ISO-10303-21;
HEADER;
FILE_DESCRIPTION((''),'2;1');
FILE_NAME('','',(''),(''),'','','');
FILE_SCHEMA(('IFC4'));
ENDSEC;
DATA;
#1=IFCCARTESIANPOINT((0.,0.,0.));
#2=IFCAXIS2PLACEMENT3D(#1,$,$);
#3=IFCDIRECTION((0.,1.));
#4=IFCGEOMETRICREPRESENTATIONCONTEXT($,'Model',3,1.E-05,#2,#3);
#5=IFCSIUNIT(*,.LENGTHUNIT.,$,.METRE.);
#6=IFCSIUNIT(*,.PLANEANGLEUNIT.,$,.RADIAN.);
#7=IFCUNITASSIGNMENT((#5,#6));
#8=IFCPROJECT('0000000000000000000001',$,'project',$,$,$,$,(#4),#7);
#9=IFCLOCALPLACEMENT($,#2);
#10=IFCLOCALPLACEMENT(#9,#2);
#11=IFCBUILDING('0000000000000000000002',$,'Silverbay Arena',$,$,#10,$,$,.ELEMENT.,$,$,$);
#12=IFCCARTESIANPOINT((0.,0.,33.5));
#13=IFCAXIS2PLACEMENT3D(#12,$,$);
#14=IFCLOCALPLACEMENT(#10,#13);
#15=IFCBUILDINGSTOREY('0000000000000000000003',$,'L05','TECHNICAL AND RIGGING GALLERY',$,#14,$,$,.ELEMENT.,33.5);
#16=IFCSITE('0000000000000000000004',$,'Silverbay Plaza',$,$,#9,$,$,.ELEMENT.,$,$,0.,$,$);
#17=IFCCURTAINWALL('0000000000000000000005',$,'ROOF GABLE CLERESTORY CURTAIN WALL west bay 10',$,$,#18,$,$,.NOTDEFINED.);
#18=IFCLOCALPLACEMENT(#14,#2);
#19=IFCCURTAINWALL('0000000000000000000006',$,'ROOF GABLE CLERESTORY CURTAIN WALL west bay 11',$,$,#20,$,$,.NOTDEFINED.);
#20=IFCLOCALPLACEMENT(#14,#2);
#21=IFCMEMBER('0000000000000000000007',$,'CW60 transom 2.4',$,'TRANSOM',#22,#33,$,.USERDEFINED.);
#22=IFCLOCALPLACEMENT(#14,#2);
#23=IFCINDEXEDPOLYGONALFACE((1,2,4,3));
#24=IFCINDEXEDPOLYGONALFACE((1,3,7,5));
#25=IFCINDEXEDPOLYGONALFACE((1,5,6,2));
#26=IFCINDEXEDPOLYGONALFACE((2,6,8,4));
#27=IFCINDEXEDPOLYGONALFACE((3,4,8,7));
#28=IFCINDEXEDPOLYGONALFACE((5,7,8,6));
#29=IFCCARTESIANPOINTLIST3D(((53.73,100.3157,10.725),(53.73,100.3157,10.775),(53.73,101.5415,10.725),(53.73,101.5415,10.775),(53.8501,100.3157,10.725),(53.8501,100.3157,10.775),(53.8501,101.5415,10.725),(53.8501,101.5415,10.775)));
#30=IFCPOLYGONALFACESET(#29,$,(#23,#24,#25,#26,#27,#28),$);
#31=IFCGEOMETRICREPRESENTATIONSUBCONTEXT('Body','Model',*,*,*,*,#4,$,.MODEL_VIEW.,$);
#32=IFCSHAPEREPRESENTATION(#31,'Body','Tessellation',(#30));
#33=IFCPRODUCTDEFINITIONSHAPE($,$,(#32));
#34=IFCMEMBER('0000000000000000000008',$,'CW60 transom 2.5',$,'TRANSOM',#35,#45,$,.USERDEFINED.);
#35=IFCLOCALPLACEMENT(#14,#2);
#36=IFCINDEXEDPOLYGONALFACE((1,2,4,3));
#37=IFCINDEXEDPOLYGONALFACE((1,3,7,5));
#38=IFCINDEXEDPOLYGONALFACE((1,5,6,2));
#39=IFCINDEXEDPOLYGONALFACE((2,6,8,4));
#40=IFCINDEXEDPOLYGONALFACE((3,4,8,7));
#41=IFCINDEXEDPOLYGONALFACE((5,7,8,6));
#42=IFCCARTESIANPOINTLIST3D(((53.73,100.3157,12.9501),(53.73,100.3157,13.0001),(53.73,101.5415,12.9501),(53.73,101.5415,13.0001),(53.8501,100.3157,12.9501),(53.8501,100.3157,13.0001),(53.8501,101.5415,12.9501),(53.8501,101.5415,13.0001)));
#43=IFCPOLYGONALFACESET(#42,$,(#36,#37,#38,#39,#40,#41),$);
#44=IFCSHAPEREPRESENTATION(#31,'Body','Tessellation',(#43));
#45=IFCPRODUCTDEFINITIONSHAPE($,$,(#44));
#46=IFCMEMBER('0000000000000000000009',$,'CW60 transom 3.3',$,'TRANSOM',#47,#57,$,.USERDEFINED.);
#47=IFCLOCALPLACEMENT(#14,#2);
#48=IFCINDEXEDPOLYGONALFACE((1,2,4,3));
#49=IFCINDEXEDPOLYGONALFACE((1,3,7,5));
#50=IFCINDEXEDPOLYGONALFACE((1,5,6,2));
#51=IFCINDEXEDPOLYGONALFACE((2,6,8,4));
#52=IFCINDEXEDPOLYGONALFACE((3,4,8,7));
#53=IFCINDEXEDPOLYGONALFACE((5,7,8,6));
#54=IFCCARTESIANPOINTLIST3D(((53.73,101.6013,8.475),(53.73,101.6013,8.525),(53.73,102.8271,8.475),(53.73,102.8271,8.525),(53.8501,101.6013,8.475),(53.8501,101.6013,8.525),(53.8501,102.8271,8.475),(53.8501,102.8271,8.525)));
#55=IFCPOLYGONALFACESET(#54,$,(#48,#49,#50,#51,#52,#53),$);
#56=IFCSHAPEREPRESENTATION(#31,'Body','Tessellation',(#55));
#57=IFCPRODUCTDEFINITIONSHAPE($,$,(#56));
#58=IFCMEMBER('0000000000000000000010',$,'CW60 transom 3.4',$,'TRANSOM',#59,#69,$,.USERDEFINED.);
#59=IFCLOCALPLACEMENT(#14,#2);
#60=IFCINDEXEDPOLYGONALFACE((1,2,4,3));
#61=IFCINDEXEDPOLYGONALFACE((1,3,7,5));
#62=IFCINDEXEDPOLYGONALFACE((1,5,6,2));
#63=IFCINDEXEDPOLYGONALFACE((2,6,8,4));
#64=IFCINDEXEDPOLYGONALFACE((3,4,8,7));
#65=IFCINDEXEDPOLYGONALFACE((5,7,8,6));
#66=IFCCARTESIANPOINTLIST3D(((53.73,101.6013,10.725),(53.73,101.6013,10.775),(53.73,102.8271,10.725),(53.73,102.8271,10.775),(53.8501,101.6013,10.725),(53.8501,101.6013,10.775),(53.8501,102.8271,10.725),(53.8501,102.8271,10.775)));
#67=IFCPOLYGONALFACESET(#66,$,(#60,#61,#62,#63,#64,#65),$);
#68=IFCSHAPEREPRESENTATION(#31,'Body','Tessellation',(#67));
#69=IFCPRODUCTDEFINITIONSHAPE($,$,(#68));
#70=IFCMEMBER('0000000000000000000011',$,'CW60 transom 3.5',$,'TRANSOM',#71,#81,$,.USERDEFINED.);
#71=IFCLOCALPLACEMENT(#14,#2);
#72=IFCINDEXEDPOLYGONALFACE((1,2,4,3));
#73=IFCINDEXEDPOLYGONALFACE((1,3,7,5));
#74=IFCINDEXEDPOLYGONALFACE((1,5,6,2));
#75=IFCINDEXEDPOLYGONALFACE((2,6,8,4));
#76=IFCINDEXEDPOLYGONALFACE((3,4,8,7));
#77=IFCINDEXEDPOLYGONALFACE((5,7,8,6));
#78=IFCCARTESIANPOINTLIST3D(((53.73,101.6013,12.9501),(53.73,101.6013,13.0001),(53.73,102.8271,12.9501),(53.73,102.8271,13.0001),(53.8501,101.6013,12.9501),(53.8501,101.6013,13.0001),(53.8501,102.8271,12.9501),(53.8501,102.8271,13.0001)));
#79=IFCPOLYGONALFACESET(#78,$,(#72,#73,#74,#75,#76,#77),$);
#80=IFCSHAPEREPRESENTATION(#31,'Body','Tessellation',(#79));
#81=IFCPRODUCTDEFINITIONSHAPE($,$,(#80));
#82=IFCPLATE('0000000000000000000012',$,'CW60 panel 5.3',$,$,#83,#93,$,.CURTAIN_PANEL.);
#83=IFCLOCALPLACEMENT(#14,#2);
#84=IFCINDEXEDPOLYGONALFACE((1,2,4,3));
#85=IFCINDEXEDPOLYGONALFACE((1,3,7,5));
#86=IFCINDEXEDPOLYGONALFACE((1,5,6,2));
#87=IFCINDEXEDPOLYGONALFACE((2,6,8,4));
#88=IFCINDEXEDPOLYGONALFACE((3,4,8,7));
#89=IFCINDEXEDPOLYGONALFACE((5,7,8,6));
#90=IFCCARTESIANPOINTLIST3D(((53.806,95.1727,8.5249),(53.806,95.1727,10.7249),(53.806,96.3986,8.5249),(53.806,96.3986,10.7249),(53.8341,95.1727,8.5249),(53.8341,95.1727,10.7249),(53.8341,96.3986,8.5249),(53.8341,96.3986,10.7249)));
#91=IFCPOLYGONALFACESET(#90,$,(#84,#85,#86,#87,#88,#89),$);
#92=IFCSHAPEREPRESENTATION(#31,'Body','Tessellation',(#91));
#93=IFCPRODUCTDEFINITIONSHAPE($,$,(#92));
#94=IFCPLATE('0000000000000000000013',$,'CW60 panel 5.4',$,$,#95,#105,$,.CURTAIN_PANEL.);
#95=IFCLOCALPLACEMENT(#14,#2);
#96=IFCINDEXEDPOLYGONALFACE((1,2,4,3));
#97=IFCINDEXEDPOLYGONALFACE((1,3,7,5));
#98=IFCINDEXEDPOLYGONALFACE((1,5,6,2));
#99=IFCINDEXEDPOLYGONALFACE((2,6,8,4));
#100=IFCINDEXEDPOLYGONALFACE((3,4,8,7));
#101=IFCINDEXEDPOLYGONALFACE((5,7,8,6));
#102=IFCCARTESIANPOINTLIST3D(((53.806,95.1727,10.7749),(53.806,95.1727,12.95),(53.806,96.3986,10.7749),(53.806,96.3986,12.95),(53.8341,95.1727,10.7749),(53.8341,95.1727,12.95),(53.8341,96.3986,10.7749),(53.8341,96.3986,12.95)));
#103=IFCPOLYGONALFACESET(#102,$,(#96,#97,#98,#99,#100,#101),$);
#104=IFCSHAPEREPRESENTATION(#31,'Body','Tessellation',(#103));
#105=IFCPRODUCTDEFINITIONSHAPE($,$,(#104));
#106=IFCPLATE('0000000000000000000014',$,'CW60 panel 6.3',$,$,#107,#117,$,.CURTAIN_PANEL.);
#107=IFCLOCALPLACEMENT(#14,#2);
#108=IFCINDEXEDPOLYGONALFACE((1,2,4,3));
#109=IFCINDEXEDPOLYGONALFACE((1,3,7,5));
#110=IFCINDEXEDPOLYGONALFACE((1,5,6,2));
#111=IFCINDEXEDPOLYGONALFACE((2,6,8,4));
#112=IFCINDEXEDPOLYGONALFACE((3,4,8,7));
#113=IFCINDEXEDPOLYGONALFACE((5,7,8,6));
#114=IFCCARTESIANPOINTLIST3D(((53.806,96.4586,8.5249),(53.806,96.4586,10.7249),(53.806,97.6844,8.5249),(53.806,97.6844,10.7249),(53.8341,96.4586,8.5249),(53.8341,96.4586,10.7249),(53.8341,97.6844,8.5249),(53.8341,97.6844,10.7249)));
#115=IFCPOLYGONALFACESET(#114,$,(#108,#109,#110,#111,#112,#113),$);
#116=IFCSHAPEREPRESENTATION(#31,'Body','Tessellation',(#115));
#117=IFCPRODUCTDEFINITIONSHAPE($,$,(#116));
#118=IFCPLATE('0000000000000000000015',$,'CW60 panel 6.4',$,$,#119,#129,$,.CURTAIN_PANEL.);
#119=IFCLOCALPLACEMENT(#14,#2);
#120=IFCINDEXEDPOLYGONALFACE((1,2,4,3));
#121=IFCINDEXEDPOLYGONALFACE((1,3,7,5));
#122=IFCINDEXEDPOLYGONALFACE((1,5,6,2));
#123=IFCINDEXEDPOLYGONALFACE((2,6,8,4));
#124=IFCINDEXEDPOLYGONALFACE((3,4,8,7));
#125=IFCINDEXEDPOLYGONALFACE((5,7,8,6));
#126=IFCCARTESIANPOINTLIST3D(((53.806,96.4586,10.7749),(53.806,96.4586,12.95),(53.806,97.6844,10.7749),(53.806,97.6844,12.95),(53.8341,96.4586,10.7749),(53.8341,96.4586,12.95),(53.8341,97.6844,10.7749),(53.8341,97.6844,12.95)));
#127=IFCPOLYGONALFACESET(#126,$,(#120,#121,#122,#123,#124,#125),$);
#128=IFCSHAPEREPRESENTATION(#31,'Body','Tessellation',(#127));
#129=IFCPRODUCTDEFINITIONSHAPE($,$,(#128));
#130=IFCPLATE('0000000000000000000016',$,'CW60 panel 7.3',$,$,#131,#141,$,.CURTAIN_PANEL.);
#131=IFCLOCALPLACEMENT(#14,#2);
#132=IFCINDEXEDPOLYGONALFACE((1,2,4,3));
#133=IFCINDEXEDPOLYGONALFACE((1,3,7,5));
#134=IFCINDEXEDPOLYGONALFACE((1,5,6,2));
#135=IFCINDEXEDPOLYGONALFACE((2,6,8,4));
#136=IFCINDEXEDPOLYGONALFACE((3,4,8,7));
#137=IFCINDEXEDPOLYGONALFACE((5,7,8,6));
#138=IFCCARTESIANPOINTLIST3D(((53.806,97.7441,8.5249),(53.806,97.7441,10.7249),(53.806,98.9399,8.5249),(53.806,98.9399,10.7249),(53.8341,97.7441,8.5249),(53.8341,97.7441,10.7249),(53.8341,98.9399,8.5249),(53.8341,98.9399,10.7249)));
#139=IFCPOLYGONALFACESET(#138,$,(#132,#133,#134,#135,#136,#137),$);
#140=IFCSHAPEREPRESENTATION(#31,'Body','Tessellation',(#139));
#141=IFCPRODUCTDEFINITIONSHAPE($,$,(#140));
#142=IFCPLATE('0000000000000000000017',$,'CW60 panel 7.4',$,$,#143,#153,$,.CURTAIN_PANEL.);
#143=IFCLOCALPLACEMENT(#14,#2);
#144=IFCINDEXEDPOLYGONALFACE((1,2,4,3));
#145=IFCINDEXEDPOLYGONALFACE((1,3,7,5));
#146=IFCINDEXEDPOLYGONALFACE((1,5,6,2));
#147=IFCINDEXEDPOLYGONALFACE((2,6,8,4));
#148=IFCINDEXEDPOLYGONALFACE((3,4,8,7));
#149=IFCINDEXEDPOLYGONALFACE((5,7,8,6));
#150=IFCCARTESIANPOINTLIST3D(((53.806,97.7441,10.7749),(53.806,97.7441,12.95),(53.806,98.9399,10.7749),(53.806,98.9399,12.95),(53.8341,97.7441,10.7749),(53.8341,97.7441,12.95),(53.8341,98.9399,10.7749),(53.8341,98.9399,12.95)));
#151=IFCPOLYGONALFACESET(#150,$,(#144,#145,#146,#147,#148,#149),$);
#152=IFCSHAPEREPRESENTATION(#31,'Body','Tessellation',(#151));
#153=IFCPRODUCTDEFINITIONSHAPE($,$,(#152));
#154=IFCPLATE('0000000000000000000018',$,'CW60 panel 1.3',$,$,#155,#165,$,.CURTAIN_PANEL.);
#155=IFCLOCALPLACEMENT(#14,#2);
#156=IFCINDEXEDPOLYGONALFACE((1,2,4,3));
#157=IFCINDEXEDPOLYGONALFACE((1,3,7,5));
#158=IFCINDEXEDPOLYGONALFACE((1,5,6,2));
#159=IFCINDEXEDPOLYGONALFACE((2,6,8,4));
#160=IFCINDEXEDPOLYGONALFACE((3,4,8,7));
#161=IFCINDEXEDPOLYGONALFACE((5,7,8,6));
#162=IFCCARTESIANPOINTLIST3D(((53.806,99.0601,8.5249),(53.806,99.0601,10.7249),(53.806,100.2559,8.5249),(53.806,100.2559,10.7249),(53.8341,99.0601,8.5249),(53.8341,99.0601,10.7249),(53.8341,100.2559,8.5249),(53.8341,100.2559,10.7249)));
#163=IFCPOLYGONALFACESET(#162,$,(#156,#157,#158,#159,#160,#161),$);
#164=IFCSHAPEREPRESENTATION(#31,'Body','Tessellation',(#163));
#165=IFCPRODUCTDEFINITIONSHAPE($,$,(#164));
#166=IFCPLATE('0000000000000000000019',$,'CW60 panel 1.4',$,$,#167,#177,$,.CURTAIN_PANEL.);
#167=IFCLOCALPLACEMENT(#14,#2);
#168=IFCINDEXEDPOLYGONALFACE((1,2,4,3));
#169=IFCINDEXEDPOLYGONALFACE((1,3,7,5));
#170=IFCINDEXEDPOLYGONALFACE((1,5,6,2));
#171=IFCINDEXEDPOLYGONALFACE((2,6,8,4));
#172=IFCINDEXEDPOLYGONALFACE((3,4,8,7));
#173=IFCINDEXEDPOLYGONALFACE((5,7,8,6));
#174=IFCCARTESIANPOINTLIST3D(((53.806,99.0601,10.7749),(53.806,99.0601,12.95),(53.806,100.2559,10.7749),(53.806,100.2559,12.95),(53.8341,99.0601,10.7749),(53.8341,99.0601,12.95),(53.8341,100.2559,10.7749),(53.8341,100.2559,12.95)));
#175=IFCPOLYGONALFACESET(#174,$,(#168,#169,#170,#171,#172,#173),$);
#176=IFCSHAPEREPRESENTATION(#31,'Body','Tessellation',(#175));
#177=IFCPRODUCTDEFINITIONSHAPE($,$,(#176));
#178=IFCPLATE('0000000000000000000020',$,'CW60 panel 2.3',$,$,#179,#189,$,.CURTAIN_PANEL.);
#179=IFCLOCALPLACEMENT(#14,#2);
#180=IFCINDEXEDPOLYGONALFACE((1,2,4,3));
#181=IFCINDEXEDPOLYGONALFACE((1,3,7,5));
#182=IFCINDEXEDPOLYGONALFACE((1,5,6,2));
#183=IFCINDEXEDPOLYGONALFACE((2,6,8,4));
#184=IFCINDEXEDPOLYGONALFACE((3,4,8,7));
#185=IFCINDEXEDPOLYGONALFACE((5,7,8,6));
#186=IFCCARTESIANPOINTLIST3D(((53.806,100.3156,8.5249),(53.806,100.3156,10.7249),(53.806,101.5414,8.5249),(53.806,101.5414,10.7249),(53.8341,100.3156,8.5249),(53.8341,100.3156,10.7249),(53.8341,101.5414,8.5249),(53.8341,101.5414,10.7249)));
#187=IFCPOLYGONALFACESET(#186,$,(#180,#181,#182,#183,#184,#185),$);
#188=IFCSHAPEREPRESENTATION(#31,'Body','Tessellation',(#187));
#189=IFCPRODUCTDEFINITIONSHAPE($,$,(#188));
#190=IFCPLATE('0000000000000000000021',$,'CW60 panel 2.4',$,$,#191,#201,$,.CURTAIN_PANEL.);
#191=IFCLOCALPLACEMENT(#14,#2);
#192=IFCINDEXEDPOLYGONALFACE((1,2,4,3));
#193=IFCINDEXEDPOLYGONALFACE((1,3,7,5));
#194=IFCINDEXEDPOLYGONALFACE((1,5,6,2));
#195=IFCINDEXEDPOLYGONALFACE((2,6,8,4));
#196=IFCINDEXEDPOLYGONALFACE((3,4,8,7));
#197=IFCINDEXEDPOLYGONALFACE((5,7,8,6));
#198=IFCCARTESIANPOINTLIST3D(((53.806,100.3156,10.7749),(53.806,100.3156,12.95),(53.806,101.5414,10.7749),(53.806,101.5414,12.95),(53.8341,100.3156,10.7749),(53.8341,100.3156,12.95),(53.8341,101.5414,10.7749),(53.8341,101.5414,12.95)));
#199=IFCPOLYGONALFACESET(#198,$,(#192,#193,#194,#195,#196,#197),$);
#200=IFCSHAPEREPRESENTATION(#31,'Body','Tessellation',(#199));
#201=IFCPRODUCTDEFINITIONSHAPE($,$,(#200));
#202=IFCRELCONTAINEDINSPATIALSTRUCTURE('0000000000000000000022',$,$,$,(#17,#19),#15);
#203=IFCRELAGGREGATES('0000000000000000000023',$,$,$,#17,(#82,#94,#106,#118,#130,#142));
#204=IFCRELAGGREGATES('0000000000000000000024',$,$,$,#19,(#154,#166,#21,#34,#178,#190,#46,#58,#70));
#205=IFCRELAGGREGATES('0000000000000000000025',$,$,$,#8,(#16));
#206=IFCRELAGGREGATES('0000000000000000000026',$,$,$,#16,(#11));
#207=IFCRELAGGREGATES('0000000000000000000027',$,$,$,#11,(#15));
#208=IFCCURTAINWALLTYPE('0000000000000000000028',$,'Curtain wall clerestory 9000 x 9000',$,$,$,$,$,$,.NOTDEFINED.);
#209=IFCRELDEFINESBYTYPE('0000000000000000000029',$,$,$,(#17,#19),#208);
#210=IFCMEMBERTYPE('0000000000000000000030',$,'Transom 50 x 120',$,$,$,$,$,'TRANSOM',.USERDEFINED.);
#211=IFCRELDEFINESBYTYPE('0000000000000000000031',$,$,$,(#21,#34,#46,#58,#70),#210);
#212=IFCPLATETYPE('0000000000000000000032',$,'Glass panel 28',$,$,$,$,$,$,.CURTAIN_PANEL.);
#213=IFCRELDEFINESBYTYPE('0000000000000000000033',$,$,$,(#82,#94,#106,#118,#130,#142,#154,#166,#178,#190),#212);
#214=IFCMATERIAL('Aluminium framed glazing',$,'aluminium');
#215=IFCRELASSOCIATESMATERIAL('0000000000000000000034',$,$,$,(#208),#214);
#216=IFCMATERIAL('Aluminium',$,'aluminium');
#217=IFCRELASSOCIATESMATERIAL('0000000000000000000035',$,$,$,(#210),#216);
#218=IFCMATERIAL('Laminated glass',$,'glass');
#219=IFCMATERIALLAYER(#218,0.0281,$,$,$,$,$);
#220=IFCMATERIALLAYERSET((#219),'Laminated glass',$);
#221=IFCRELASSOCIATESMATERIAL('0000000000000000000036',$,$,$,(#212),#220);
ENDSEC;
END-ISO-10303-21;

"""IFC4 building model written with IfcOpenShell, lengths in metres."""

from ifc_helpers import new_model, si_unit, direction, frame, origin, origin_2d, place, context, subcontext, project, spatial, rectangle, extrude, material, layer, layer_set, material_profile, profile_set, type_object, element, aggregate, save


model = new_model("IFC4")

# Units and contexts
model_context = context("Model", 3, precision=1e-05, world=origin(), true_north=direction((0.0, 1.0)))
body_context = subcontext(model_context, "Body", "Model", "MODEL_VIEW")
ifc_project = project(units=[si_unit("LENGTHUNIT", "METRE"), si_unit("PLANEANGLEUNIT", "RADIAN")], contexts=[model_context])

# Site, building, storey
site_placement = place(None, origin())
site = spatial("IfcSite", under=ifc_project, at=site_placement, Name="Silverbay Plaza", CompositionType="ELEMENT", RefElevation=0.0)
building_placement = place(site_placement, origin())
building = spatial("IfcBuilding", under=site, at=building_placement, Name="Silverbay Arena", CompositionType="ELEMENT")
storey_placement = place(building_placement, frame((0.0, 0.0, 33.5)))
storey = spatial("IfcBuildingStorey", under=building, at=storey_placement, Name="L05", Description="TECHNICAL AND RIGGING GALLERY", CompositionType="ELEMENT", Elevation=33.5)

# Curtain walls, members
ifc_material_1 = material(Name="Aluminium framed glazing", Category="aluminium")
curtain_wall_type = type_object("IfcCurtainWallType", Name="Curtain wall clerestory 9000 x 9000", PredefinedType="NOTDEFINED", material=ifc_material_1)
curtain_wall_1_placement = place(storey_placement, origin())
curtain_wall_1 = element("IfcCurtainWall", 1, at=curtain_wall_1_placement, inside=storey, type_object=curtain_wall_type, Name="ROOF GABLE CLERESTORY CURTAIN WALL west bay 10", PredefinedType="NOTDEFINED")
ifc_material_2 = material(Name="Aluminium", Category="aluminium")
ifc_material_profile_1 = material_profile(ifc_material_2, rectangle(XDim=0.1201, YDim=0.05, at=origin_2d()), Name="Transom 50 x 120")
ifc_profile_set_1 = profile_set([ifc_material_profile_1], Name="Aluminium")
member_type_1 = type_object("IfcMemberType", Name="Transom 50 x 120", ElementType="TRANSOM", PredefinedType="USERDEFINED", material=ifc_profile_set_1)
curtain_wall_2_placement = place(storey_placement, origin())
curtain_wall_2 = element("IfcCurtainWall", 2, at=curtain_wall_2_placement, inside=storey, type_object=curtain_wall_type, Name="ROOF GABLE CLERESTORY CURTAIN WALL west bay 11", PredefinedType="NOTDEFINED")
member_1_placement = place(storey_placement, frame((53.79, 100.3157, 10.75), z_axis=(0.0, 1.0, 0.0), x_axis=(-1.0, 0.0, 0.0)))
member_1 = element("IfcMember", 3, at=member_1_placement, type_object=member_type_1, Name="CW60 transom 2.4", ObjectType="TRANSOM", PredefinedType="USERDEFINED", context=body_context, shape_type="SweptSolid", body=[
    extrude(rectangle(XDim=0.1201, YDim=0.05, at=origin_2d()), origin(), (0.0, 0.0, 1.0), 1.2258),
])
member_2_placement = place(storey_placement, frame((53.79, 100.3157, 12.9751), z_axis=(0.0, 1.0, 0.0), x_axis=(-1.0, 0.0, 0.0)))
member_2 = element("IfcMember", 4, at=member_2_placement, type_object=member_type_1, Name="CW60 transom 2.5", ObjectType="TRANSOM", PredefinedType="USERDEFINED", context=body_context, shape_type="SweptSolid", body=[
    extrude(rectangle(XDim=0.1201, YDim=0.05, at=origin_2d()), origin(), (0.0, 0.0, 1.0), 1.2258),
])
member_3_placement = place(storey_placement, frame((53.79, 101.6013, 8.5), z_axis=(0.0, 1.0, 0.0), x_axis=(-1.0, 0.0, 0.0)))
member_3 = element("IfcMember", 5, at=member_3_placement, type_object=member_type_1, Name="CW60 transom 3.3", ObjectType="TRANSOM", PredefinedType="USERDEFINED", context=body_context, shape_type="SweptSolid", body=[
    extrude(rectangle(XDim=0.1201, YDim=0.05, at=origin_2d()), origin(), (0.0, 0.0, 1.0), 1.2258),
])
member_4_placement = place(storey_placement, frame((53.79, 101.6013, 10.75), z_axis=(0.0, 1.0, 0.0), x_axis=(-1.0, 0.0, 0.0)))
member_4 = element("IfcMember", 6, at=member_4_placement, type_object=member_type_1, Name="CW60 transom 3.4", ObjectType="TRANSOM", PredefinedType="USERDEFINED", context=body_context, shape_type="SweptSolid", body=[
    extrude(rectangle(XDim=0.1201, YDim=0.05, at=origin_2d()), origin(), (0.0, 0.0, 1.0), 1.2258),
])
member_5_placement = place(storey_placement, frame((53.79, 101.6013, 12.9751), z_axis=(0.0, 1.0, 0.0), x_axis=(-1.0, 0.0, 0.0)))
member_5 = element("IfcMember", 7, at=member_5_placement, type_object=member_type_1, Name="CW60 transom 3.5", ObjectType="TRANSOM", PredefinedType="USERDEFINED", context=body_context, shape_type="SweptSolid", body=[
    extrude(rectangle(XDim=0.1201, YDim=0.05, at=origin_2d()), origin(), (0.0, 0.0, 1.0), 1.2258),
])

# Plates
ifc_material_3 = material(Name="Laminated glass", Category="glass")
ifc_layer = layer(ifc_material_3, 0.0281)
ifc_layer_set = layer_set([ifc_layer], Name="Laminated glass")
plate_type = type_object("IfcPlateType", Name="Glass panel 28", PredefinedType="CURTAIN_PANEL", material=ifc_layer_set)
plate_1_placement = place(storey_placement, frame((53.8201, 95.7856, 8.5249), z_axis=(0.0, 0.0, 1.0), x_axis=(0.0, 1.0, 0.0)))
plate_1 = element("IfcPlate", 8, at=plate_1_placement, type_object=plate_type, Name="CW60 panel 5.3", PredefinedType="CURTAIN_PANEL", context=body_context, shape_type="SweptSolid", body=[
    extrude(rectangle(XDim=1.2258, YDim=0.0281, at=origin_2d()), origin(), (0.0, 0.0, 1.0), 2.2),
])
plate_2_placement = place(storey_placement, frame((53.8201, 95.7856, 10.7749), z_axis=(0.0, 0.0, 1.0), x_axis=(0.0, 1.0, 0.0)))
plate_2 = element("IfcPlate", 9, at=plate_2_placement, type_object=plate_type, Name="CW60 panel 5.4", PredefinedType="CURTAIN_PANEL", context=body_context, shape_type="SweptSolid", body=[
    extrude(rectangle(XDim=1.2258, YDim=0.0281, at=origin_2d()), origin(), (0.0, 0.0, 1.0), 2.175),
])
plate_3_placement = place(storey_placement, frame((53.8201, 97.0715, 8.5249), z_axis=(0.0, 0.0, 1.0), x_axis=(0.0, 1.0, 0.0)))
plate_3 = element("IfcPlate", 10, at=plate_3_placement, type_object=plate_type, Name="CW60 panel 6.3", PredefinedType="CURTAIN_PANEL", context=body_context, shape_type="SweptSolid", body=[
    extrude(rectangle(XDim=1.2258, YDim=0.0281, at=origin_2d()), origin(), (0.0, 0.0, 1.0), 2.2),
])
plate_4_placement = place(storey_placement, frame((53.8201, 97.0715, 10.7749), z_axis=(0.0, 0.0, 1.0), x_axis=(0.0, 1.0, 0.0)))
plate_4 = element("IfcPlate", 11, at=plate_4_placement, type_object=plate_type, Name="CW60 panel 6.4", PredefinedType="CURTAIN_PANEL", context=body_context, shape_type="SweptSolid", body=[
    extrude(rectangle(XDim=1.2258, YDim=0.0281, at=origin_2d()), origin(), (0.0, 0.0, 1.0), 2.175),
])
plate_5_placement = place(storey_placement, frame((53.8201, 98.342, 8.5249), z_axis=(0.0, 0.0, 1.0), x_axis=(0.0, 1.0, 0.0)))
plate_5 = element("IfcPlate", 12, at=plate_5_placement, type_object=plate_type, Name="CW60 panel 7.3", PredefinedType="CURTAIN_PANEL", context=body_context, shape_type="SweptSolid", body=[
    extrude(rectangle(XDim=1.1958, YDim=0.0281, at=origin_2d()), origin(), (0.0, 0.0, 1.0), 2.2),
])
plate_6_placement = place(storey_placement, frame((53.8201, 98.342, 10.7749), z_axis=(0.0, 0.0, 1.0), x_axis=(0.0, 1.0, 0.0)))
plate_6 = element("IfcPlate", 13, at=plate_6_placement, type_object=plate_type, Name="CW60 panel 7.4", PredefinedType="CURTAIN_PANEL", context=body_context, shape_type="SweptSolid", body=[
    extrude(rectangle(XDim=1.1958, YDim=0.0281, at=origin_2d()), origin(), (0.0, 0.0, 1.0), 2.175),
])
aggregate(curtain_wall_1, [plate_1, plate_2, plate_3, plate_4, plate_5, plate_6])
plate_7_placement = place(storey_placement, frame((53.8201, 99.658, 8.5249), z_axis=(0.0, 0.0, 1.0), x_axis=(0.0, 1.0, 0.0)))
plate_7 = element("IfcPlate", 14, at=plate_7_placement, type_object=plate_type, Name="CW60 panel 1.3", PredefinedType="CURTAIN_PANEL", context=body_context, shape_type="SweptSolid", body=[
    extrude(rectangle(XDim=1.1958, YDim=0.0281, at=origin_2d()), origin(), (0.0, 0.0, 1.0), 2.2),
])
plate_8_placement = place(storey_placement, frame((53.8201, 99.658, 10.7749), z_axis=(0.0, 0.0, 1.0), x_axis=(0.0, 1.0, 0.0)))
plate_8 = element("IfcPlate", 15, at=plate_8_placement, type_object=plate_type, Name="CW60 panel 1.4", PredefinedType="CURTAIN_PANEL", context=body_context, shape_type="SweptSolid", body=[
    extrude(rectangle(XDim=1.1958, YDim=0.0281, at=origin_2d()), origin(), (0.0, 0.0, 1.0), 2.175),
])
plate_9_placement = place(storey_placement, frame((53.8201, 100.9285, 8.5249), z_axis=(0.0, 0.0, 1.0), x_axis=(0.0, 1.0, 0.0)))
plate_9 = element("IfcPlate", 16, at=plate_9_placement, type_object=plate_type, Name="CW60 panel 2.3", PredefinedType="CURTAIN_PANEL", context=body_context, shape_type="SweptSolid", body=[
    extrude(rectangle(XDim=1.2258, YDim=0.0281, at=origin_2d()), origin(), (0.0, 0.0, 1.0), 2.2),
])
plate_10_placement = place(storey_placement, frame((53.8201, 100.9285, 10.7749), z_axis=(0.0, 0.0, 1.0), x_axis=(0.0, 1.0, 0.0)))
plate_10 = element("IfcPlate", 17, at=plate_10_placement, type_object=plate_type, Name="CW60 panel 2.4", PredefinedType="CURTAIN_PANEL", context=body_context, shape_type="SweptSolid", body=[
    extrude(rectangle(XDim=1.2258, YDim=0.0281, at=origin_2d()), origin(), (0.0, 0.0, 1.0), 2.175),
])
aggregate(curtain_wall_2, [plate_7, plate_8, member_1, member_2, plate_9, plate_10, member_3, member_4, member_5])

save(model, "model.ifc")
